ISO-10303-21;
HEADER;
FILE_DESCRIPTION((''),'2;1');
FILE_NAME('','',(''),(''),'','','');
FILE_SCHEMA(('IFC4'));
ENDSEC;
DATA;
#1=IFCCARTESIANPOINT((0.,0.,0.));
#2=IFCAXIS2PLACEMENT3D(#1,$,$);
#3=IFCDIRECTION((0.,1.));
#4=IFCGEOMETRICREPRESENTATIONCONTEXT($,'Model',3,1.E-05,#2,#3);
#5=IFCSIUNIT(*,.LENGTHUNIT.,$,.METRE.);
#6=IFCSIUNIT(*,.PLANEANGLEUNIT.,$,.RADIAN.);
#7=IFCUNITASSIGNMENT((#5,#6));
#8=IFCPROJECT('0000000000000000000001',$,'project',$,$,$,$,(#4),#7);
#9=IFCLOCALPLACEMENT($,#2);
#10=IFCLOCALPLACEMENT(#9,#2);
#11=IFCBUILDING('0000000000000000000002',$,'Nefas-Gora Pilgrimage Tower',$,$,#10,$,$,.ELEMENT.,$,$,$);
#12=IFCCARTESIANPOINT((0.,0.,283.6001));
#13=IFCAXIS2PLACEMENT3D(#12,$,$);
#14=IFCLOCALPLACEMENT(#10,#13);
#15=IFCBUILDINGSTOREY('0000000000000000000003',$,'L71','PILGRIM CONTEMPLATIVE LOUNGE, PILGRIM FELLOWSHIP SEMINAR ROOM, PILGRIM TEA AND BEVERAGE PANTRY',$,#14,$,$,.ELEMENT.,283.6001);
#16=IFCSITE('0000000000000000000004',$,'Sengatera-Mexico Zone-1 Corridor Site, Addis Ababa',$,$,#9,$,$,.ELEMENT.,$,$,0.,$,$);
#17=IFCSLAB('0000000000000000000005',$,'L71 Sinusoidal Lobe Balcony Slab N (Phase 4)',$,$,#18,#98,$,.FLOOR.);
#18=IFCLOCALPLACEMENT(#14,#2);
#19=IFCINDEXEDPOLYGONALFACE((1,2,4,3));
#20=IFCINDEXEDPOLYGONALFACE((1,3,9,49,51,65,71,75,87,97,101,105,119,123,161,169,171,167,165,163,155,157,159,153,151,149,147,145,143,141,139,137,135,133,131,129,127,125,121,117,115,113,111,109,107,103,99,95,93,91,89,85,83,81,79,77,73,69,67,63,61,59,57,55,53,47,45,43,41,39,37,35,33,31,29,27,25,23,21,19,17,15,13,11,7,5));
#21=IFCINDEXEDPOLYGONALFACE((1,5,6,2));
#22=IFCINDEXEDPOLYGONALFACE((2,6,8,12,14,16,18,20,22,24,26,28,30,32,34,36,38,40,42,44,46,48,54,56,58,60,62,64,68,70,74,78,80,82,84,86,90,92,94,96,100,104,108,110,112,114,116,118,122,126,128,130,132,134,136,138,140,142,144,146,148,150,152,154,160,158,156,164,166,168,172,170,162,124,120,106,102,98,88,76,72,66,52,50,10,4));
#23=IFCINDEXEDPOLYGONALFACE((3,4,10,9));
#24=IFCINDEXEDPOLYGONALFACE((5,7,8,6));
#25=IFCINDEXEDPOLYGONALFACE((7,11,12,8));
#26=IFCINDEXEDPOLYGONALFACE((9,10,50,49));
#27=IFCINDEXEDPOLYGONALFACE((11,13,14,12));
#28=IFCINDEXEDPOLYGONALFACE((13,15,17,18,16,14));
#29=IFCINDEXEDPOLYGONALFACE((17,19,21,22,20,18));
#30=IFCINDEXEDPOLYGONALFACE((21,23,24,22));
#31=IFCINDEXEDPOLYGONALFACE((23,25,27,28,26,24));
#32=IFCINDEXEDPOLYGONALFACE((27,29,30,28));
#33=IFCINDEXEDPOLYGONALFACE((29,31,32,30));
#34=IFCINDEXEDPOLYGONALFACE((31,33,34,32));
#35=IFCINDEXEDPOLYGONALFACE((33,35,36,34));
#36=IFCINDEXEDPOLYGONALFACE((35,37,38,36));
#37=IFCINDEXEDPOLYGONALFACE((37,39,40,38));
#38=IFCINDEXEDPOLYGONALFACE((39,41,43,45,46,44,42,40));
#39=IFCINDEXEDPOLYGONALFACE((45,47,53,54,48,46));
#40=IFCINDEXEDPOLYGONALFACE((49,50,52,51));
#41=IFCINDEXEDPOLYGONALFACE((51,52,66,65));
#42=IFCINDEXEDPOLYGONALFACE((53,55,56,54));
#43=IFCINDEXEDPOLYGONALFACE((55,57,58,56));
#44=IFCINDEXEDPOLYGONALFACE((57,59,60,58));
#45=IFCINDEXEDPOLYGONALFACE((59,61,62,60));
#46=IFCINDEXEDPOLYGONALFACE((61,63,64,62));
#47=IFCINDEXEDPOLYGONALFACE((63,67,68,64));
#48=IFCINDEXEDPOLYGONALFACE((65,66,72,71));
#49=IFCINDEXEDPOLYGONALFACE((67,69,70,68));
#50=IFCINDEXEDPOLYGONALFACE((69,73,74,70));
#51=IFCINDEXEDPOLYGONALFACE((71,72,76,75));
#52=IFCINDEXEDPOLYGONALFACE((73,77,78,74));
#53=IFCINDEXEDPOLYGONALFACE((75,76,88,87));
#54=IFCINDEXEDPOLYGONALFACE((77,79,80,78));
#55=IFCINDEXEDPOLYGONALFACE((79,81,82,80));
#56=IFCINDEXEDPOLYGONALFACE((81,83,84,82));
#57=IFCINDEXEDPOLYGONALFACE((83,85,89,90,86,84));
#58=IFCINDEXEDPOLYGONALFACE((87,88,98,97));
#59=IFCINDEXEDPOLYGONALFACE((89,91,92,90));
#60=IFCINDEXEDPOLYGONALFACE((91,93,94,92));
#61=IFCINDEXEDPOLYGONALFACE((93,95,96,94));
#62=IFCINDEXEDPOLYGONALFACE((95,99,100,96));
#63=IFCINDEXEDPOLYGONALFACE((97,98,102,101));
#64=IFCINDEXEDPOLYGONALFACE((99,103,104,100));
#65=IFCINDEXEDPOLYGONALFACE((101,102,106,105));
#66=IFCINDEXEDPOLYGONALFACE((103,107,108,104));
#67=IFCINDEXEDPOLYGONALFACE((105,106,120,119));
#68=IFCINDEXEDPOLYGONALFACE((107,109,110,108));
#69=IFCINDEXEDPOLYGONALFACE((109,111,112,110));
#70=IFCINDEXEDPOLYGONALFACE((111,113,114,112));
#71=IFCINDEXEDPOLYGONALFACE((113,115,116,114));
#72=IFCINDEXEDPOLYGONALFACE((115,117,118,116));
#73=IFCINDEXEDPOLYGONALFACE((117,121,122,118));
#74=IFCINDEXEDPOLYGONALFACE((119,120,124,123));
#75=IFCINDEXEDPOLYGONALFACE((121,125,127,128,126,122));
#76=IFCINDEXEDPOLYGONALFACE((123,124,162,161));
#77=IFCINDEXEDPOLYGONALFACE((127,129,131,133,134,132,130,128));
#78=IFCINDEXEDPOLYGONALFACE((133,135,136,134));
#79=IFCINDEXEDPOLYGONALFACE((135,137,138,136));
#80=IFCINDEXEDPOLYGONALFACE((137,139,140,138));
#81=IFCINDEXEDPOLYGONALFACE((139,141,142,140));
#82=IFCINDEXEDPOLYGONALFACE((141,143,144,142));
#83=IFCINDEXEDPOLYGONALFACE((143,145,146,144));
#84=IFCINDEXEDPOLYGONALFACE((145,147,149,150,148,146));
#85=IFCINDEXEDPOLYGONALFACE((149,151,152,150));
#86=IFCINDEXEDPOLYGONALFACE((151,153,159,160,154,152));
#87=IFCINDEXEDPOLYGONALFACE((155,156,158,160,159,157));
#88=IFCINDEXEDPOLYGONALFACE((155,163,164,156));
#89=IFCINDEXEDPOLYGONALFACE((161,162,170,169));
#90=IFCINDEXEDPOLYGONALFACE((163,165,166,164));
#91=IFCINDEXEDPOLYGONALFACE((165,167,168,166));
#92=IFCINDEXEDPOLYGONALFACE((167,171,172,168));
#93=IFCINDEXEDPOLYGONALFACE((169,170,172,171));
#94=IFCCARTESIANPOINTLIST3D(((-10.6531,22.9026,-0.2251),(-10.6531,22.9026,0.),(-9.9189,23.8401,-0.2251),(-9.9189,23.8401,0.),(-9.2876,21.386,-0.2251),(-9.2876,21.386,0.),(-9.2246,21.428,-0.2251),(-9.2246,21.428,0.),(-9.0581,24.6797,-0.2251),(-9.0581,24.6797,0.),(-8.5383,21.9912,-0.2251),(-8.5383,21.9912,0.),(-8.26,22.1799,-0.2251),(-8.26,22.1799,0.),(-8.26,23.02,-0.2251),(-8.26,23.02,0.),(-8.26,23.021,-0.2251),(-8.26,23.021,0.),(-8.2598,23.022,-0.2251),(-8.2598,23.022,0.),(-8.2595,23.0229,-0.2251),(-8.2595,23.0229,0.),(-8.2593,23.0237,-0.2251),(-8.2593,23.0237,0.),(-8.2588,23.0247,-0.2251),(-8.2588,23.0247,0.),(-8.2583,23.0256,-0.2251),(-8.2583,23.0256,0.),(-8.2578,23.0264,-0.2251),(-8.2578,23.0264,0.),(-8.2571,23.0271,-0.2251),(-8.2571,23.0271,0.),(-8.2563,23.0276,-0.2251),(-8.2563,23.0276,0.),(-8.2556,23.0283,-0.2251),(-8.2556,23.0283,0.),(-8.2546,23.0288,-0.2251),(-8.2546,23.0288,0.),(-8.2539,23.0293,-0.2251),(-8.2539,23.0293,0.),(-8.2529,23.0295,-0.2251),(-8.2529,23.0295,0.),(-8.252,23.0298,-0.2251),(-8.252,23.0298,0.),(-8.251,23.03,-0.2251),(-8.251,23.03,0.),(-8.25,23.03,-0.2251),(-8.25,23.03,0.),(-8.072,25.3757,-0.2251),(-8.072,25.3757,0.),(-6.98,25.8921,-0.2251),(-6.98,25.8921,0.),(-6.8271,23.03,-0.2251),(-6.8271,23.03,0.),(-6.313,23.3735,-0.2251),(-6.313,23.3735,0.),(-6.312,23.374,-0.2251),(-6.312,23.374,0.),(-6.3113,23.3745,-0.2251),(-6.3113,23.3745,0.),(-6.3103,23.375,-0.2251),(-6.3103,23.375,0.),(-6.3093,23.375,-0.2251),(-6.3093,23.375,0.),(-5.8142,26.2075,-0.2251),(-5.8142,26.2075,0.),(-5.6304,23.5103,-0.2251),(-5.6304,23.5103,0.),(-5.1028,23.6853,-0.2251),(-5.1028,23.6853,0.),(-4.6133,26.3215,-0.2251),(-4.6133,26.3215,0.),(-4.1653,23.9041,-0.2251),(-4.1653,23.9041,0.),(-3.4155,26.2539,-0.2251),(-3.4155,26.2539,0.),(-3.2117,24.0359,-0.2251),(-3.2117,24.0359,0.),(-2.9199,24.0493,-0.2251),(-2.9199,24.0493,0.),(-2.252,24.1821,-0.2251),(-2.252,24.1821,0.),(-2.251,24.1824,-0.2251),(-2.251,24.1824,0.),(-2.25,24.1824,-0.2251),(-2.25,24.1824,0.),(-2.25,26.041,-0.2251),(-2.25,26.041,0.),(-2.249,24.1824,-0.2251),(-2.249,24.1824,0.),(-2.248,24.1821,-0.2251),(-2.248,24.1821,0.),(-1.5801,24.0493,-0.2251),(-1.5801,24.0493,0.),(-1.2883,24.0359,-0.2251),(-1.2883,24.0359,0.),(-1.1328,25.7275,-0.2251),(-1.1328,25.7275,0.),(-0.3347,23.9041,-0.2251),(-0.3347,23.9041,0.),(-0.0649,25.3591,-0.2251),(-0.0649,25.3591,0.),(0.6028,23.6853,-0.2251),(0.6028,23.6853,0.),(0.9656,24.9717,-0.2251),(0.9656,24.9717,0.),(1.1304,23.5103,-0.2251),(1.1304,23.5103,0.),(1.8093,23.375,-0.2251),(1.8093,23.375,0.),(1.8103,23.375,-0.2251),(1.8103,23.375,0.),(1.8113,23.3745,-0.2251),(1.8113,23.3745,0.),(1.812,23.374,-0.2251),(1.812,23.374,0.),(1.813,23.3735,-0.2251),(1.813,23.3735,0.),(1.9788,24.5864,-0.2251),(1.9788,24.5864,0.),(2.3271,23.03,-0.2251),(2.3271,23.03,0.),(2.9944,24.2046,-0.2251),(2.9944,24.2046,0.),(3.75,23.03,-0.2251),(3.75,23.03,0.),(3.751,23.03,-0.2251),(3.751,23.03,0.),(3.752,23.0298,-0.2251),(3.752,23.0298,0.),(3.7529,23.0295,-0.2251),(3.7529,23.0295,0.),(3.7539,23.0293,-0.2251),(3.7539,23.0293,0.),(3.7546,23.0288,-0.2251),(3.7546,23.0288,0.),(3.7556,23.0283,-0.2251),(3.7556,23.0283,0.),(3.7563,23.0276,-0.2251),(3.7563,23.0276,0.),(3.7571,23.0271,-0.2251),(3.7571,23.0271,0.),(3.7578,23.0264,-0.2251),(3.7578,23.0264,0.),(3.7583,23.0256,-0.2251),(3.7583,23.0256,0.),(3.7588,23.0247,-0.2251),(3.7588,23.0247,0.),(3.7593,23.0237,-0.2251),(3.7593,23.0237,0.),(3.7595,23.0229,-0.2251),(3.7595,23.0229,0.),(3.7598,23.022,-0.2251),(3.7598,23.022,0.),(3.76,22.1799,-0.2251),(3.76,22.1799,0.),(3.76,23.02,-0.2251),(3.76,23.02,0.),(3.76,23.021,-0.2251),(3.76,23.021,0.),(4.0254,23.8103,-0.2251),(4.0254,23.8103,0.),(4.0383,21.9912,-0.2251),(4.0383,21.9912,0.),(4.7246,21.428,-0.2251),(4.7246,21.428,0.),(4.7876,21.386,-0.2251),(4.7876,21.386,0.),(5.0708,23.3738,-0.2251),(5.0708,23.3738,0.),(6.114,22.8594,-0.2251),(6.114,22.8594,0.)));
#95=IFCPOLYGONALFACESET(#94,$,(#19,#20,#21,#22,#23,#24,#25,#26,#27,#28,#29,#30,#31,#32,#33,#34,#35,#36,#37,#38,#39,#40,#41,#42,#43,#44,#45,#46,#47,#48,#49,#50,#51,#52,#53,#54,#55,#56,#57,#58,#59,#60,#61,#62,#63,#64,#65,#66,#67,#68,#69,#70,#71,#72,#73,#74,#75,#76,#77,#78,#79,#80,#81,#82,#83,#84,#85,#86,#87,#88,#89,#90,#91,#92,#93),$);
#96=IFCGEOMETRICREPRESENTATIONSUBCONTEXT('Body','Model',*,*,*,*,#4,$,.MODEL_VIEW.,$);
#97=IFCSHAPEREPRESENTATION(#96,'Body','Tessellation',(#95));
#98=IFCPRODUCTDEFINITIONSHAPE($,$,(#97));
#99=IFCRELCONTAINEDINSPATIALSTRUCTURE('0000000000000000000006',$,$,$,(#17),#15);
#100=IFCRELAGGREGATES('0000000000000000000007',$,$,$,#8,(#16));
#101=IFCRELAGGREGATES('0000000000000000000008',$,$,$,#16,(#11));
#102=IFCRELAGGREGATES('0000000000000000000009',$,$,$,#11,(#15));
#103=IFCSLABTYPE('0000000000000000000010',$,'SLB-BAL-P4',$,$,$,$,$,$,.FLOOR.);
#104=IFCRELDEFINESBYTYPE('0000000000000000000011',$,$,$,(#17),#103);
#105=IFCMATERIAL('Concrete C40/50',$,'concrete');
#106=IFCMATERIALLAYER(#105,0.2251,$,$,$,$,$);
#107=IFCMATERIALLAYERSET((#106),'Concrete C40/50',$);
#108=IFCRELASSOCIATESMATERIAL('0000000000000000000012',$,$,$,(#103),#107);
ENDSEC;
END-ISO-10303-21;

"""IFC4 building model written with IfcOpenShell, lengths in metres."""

from ifc_helpers import new_model, si_unit, direction, frame, origin, place, context, subcontext, project, spatial, polyline, outline, extrude, material, layer, layer_set, type_object, element, save


model = new_model("IFC4")

# Units and contexts
model_context = context("Model", 3, precision=1e-05, world=origin(), true_north=direction((0.0, 1.0)))
body_context = subcontext(model_context, "Body", "Model", "MODEL_VIEW")
ifc_project = project(units=[si_unit("LENGTHUNIT", "METRE"), si_unit("PLANEANGLEUNIT", "RADIAN")], contexts=[model_context])

# Site, building, storey
site_placement = place(None, origin())
site = spatial("IfcSite", under=ifc_project, at=site_placement, Name="Sengatera-Mexico Zone-1 Corridor Site, Addis Ababa", CompositionType="ELEMENT", RefElevation=0.0)
building_placement = place(site_placement, origin())
building = spatial("IfcBuilding", under=site, at=building_placement, Name="Nefas-Gora Pilgrimage Tower", CompositionType="ELEMENT")
storey_placement = place(building_placement, frame((0.0, 0.0, 283.6001)))
storey = spatial("IfcBuildingStorey", under=building, at=storey_placement, Name="L71", Description="PILGRIM CONTEMPLATIVE LOUNGE, PILGRIM FELLOWSHIP SEMINAR ROOM, PILGRIM TEA AND BEVERAGE PANTRY", CompositionType="ELEMENT", Elevation=283.6001)

# Slab
ifc_material_1 = material(Name="Concrete C40/50", Category="concrete")
ifc_layer_1 = layer(ifc_material_1, 0.2251)
ifc_layer_set_1 = layer_set([ifc_layer_1], Name="Concrete C40/50")
slab_type_1 = type_object("IfcSlabType", Name="SLB-BAL-P4", PredefinedType="FLOOR", material=ifc_layer_set_1)
slab_1_placement = place(storey_placement, frame((0.0, 0.0, -0.2251)))
element("IfcSlab", 1, at=slab_1_placement, inside=storey, type_object=slab_type_1, Name="L71 Sinusoidal Lobe Balcony Slab N (Phase 4)", PredefinedType="FLOOR", context=body_context, shape_type="SweptSolid", body=[
    extrude(outline(polyline([(-9.2876, 21.386), (-9.2246, 21.428), (-8.5383, 21.9912), (-8.26, 22.1799), (-8.26, 23.02), (-8.26, 23.021), (-8.2598, 23.022), (-8.2595, 23.0229), (-8.2593, 23.0237), (-8.2588, 23.0247), (-8.2583, 23.0256), (-8.2578, 23.0264), (-8.2571, 23.0271), (-8.2563, 23.0276), (-8.2556, 23.0283), (-8.2546, 23.0288), (-8.2539, 23.0293), (-8.2529, 23.0295), (-8.252, 23.0298), (-8.251, 23.03), (-8.25, 23.03), (-6.8271, 23.03), (-6.313, 23.3735), (-6.312, 23.374), (-6.3113, 23.3745), (-6.3103, 23.375), (-6.3093, 23.375), (-5.6304, 23.5103), (-5.1028, 23.6853), (-4.1653, 23.9041), (-3.2117, 24.0359), (-2.9199, 24.0493), (-2.252, 24.1821), (-2.251, 24.1824), (-2.25, 24.1824), (-2.249, 24.1824), (-2.248, 24.1821), (-1.5801, 24.0493), (-1.2883, 24.0359), (-0.3347, 23.9041), (0.6028, 23.6853), (1.1304, 23.5103), (1.8093, 23.375), (1.8103, 23.375), (1.8113, 23.3745), (1.812, 23.374), (1.813, 23.3735), (2.3271, 23.03), (3.75, 23.03), (3.751, 23.03), (3.752, 23.0298), (3.7529, 23.0295), (3.7539, 23.0293), (3.7546, 23.0288), (3.7556, 23.0283), (3.7563, 23.0276), (3.7571, 23.0271), (3.7578, 23.0264), (3.7583, 23.0256), (3.7588, 23.0247), (3.7593, 23.0237), (3.7595, 23.0229), (3.7598, 23.022), (3.76, 23.021), (3.76, 23.02), (3.76, 22.1799), (4.0383, 21.9912), (4.7246, 21.428), (4.7876, 21.386), (6.114, 22.8594), (5.0708, 23.3738), (4.0254, 23.8103), (2.9944, 24.2046), (1.9788, 24.5864), (0.9656, 24.9717), (-0.0649, 25.3591), (-1.1328, 25.7275), (-2.25, 26.041), (-3.4155, 26.2539), (-4.6133, 26.3215), (-5.8142, 26.2075), (-6.98, 25.8921), (-8.072, 25.3757), (-9.0581, 24.6797), (-9.9189, 23.8401), (-10.6531, 22.9026), (-9.2876, 21.386)])), origin(), (0.0, 0.0, 1.0), 0.2251),
])

save(model, "model.ifc")
